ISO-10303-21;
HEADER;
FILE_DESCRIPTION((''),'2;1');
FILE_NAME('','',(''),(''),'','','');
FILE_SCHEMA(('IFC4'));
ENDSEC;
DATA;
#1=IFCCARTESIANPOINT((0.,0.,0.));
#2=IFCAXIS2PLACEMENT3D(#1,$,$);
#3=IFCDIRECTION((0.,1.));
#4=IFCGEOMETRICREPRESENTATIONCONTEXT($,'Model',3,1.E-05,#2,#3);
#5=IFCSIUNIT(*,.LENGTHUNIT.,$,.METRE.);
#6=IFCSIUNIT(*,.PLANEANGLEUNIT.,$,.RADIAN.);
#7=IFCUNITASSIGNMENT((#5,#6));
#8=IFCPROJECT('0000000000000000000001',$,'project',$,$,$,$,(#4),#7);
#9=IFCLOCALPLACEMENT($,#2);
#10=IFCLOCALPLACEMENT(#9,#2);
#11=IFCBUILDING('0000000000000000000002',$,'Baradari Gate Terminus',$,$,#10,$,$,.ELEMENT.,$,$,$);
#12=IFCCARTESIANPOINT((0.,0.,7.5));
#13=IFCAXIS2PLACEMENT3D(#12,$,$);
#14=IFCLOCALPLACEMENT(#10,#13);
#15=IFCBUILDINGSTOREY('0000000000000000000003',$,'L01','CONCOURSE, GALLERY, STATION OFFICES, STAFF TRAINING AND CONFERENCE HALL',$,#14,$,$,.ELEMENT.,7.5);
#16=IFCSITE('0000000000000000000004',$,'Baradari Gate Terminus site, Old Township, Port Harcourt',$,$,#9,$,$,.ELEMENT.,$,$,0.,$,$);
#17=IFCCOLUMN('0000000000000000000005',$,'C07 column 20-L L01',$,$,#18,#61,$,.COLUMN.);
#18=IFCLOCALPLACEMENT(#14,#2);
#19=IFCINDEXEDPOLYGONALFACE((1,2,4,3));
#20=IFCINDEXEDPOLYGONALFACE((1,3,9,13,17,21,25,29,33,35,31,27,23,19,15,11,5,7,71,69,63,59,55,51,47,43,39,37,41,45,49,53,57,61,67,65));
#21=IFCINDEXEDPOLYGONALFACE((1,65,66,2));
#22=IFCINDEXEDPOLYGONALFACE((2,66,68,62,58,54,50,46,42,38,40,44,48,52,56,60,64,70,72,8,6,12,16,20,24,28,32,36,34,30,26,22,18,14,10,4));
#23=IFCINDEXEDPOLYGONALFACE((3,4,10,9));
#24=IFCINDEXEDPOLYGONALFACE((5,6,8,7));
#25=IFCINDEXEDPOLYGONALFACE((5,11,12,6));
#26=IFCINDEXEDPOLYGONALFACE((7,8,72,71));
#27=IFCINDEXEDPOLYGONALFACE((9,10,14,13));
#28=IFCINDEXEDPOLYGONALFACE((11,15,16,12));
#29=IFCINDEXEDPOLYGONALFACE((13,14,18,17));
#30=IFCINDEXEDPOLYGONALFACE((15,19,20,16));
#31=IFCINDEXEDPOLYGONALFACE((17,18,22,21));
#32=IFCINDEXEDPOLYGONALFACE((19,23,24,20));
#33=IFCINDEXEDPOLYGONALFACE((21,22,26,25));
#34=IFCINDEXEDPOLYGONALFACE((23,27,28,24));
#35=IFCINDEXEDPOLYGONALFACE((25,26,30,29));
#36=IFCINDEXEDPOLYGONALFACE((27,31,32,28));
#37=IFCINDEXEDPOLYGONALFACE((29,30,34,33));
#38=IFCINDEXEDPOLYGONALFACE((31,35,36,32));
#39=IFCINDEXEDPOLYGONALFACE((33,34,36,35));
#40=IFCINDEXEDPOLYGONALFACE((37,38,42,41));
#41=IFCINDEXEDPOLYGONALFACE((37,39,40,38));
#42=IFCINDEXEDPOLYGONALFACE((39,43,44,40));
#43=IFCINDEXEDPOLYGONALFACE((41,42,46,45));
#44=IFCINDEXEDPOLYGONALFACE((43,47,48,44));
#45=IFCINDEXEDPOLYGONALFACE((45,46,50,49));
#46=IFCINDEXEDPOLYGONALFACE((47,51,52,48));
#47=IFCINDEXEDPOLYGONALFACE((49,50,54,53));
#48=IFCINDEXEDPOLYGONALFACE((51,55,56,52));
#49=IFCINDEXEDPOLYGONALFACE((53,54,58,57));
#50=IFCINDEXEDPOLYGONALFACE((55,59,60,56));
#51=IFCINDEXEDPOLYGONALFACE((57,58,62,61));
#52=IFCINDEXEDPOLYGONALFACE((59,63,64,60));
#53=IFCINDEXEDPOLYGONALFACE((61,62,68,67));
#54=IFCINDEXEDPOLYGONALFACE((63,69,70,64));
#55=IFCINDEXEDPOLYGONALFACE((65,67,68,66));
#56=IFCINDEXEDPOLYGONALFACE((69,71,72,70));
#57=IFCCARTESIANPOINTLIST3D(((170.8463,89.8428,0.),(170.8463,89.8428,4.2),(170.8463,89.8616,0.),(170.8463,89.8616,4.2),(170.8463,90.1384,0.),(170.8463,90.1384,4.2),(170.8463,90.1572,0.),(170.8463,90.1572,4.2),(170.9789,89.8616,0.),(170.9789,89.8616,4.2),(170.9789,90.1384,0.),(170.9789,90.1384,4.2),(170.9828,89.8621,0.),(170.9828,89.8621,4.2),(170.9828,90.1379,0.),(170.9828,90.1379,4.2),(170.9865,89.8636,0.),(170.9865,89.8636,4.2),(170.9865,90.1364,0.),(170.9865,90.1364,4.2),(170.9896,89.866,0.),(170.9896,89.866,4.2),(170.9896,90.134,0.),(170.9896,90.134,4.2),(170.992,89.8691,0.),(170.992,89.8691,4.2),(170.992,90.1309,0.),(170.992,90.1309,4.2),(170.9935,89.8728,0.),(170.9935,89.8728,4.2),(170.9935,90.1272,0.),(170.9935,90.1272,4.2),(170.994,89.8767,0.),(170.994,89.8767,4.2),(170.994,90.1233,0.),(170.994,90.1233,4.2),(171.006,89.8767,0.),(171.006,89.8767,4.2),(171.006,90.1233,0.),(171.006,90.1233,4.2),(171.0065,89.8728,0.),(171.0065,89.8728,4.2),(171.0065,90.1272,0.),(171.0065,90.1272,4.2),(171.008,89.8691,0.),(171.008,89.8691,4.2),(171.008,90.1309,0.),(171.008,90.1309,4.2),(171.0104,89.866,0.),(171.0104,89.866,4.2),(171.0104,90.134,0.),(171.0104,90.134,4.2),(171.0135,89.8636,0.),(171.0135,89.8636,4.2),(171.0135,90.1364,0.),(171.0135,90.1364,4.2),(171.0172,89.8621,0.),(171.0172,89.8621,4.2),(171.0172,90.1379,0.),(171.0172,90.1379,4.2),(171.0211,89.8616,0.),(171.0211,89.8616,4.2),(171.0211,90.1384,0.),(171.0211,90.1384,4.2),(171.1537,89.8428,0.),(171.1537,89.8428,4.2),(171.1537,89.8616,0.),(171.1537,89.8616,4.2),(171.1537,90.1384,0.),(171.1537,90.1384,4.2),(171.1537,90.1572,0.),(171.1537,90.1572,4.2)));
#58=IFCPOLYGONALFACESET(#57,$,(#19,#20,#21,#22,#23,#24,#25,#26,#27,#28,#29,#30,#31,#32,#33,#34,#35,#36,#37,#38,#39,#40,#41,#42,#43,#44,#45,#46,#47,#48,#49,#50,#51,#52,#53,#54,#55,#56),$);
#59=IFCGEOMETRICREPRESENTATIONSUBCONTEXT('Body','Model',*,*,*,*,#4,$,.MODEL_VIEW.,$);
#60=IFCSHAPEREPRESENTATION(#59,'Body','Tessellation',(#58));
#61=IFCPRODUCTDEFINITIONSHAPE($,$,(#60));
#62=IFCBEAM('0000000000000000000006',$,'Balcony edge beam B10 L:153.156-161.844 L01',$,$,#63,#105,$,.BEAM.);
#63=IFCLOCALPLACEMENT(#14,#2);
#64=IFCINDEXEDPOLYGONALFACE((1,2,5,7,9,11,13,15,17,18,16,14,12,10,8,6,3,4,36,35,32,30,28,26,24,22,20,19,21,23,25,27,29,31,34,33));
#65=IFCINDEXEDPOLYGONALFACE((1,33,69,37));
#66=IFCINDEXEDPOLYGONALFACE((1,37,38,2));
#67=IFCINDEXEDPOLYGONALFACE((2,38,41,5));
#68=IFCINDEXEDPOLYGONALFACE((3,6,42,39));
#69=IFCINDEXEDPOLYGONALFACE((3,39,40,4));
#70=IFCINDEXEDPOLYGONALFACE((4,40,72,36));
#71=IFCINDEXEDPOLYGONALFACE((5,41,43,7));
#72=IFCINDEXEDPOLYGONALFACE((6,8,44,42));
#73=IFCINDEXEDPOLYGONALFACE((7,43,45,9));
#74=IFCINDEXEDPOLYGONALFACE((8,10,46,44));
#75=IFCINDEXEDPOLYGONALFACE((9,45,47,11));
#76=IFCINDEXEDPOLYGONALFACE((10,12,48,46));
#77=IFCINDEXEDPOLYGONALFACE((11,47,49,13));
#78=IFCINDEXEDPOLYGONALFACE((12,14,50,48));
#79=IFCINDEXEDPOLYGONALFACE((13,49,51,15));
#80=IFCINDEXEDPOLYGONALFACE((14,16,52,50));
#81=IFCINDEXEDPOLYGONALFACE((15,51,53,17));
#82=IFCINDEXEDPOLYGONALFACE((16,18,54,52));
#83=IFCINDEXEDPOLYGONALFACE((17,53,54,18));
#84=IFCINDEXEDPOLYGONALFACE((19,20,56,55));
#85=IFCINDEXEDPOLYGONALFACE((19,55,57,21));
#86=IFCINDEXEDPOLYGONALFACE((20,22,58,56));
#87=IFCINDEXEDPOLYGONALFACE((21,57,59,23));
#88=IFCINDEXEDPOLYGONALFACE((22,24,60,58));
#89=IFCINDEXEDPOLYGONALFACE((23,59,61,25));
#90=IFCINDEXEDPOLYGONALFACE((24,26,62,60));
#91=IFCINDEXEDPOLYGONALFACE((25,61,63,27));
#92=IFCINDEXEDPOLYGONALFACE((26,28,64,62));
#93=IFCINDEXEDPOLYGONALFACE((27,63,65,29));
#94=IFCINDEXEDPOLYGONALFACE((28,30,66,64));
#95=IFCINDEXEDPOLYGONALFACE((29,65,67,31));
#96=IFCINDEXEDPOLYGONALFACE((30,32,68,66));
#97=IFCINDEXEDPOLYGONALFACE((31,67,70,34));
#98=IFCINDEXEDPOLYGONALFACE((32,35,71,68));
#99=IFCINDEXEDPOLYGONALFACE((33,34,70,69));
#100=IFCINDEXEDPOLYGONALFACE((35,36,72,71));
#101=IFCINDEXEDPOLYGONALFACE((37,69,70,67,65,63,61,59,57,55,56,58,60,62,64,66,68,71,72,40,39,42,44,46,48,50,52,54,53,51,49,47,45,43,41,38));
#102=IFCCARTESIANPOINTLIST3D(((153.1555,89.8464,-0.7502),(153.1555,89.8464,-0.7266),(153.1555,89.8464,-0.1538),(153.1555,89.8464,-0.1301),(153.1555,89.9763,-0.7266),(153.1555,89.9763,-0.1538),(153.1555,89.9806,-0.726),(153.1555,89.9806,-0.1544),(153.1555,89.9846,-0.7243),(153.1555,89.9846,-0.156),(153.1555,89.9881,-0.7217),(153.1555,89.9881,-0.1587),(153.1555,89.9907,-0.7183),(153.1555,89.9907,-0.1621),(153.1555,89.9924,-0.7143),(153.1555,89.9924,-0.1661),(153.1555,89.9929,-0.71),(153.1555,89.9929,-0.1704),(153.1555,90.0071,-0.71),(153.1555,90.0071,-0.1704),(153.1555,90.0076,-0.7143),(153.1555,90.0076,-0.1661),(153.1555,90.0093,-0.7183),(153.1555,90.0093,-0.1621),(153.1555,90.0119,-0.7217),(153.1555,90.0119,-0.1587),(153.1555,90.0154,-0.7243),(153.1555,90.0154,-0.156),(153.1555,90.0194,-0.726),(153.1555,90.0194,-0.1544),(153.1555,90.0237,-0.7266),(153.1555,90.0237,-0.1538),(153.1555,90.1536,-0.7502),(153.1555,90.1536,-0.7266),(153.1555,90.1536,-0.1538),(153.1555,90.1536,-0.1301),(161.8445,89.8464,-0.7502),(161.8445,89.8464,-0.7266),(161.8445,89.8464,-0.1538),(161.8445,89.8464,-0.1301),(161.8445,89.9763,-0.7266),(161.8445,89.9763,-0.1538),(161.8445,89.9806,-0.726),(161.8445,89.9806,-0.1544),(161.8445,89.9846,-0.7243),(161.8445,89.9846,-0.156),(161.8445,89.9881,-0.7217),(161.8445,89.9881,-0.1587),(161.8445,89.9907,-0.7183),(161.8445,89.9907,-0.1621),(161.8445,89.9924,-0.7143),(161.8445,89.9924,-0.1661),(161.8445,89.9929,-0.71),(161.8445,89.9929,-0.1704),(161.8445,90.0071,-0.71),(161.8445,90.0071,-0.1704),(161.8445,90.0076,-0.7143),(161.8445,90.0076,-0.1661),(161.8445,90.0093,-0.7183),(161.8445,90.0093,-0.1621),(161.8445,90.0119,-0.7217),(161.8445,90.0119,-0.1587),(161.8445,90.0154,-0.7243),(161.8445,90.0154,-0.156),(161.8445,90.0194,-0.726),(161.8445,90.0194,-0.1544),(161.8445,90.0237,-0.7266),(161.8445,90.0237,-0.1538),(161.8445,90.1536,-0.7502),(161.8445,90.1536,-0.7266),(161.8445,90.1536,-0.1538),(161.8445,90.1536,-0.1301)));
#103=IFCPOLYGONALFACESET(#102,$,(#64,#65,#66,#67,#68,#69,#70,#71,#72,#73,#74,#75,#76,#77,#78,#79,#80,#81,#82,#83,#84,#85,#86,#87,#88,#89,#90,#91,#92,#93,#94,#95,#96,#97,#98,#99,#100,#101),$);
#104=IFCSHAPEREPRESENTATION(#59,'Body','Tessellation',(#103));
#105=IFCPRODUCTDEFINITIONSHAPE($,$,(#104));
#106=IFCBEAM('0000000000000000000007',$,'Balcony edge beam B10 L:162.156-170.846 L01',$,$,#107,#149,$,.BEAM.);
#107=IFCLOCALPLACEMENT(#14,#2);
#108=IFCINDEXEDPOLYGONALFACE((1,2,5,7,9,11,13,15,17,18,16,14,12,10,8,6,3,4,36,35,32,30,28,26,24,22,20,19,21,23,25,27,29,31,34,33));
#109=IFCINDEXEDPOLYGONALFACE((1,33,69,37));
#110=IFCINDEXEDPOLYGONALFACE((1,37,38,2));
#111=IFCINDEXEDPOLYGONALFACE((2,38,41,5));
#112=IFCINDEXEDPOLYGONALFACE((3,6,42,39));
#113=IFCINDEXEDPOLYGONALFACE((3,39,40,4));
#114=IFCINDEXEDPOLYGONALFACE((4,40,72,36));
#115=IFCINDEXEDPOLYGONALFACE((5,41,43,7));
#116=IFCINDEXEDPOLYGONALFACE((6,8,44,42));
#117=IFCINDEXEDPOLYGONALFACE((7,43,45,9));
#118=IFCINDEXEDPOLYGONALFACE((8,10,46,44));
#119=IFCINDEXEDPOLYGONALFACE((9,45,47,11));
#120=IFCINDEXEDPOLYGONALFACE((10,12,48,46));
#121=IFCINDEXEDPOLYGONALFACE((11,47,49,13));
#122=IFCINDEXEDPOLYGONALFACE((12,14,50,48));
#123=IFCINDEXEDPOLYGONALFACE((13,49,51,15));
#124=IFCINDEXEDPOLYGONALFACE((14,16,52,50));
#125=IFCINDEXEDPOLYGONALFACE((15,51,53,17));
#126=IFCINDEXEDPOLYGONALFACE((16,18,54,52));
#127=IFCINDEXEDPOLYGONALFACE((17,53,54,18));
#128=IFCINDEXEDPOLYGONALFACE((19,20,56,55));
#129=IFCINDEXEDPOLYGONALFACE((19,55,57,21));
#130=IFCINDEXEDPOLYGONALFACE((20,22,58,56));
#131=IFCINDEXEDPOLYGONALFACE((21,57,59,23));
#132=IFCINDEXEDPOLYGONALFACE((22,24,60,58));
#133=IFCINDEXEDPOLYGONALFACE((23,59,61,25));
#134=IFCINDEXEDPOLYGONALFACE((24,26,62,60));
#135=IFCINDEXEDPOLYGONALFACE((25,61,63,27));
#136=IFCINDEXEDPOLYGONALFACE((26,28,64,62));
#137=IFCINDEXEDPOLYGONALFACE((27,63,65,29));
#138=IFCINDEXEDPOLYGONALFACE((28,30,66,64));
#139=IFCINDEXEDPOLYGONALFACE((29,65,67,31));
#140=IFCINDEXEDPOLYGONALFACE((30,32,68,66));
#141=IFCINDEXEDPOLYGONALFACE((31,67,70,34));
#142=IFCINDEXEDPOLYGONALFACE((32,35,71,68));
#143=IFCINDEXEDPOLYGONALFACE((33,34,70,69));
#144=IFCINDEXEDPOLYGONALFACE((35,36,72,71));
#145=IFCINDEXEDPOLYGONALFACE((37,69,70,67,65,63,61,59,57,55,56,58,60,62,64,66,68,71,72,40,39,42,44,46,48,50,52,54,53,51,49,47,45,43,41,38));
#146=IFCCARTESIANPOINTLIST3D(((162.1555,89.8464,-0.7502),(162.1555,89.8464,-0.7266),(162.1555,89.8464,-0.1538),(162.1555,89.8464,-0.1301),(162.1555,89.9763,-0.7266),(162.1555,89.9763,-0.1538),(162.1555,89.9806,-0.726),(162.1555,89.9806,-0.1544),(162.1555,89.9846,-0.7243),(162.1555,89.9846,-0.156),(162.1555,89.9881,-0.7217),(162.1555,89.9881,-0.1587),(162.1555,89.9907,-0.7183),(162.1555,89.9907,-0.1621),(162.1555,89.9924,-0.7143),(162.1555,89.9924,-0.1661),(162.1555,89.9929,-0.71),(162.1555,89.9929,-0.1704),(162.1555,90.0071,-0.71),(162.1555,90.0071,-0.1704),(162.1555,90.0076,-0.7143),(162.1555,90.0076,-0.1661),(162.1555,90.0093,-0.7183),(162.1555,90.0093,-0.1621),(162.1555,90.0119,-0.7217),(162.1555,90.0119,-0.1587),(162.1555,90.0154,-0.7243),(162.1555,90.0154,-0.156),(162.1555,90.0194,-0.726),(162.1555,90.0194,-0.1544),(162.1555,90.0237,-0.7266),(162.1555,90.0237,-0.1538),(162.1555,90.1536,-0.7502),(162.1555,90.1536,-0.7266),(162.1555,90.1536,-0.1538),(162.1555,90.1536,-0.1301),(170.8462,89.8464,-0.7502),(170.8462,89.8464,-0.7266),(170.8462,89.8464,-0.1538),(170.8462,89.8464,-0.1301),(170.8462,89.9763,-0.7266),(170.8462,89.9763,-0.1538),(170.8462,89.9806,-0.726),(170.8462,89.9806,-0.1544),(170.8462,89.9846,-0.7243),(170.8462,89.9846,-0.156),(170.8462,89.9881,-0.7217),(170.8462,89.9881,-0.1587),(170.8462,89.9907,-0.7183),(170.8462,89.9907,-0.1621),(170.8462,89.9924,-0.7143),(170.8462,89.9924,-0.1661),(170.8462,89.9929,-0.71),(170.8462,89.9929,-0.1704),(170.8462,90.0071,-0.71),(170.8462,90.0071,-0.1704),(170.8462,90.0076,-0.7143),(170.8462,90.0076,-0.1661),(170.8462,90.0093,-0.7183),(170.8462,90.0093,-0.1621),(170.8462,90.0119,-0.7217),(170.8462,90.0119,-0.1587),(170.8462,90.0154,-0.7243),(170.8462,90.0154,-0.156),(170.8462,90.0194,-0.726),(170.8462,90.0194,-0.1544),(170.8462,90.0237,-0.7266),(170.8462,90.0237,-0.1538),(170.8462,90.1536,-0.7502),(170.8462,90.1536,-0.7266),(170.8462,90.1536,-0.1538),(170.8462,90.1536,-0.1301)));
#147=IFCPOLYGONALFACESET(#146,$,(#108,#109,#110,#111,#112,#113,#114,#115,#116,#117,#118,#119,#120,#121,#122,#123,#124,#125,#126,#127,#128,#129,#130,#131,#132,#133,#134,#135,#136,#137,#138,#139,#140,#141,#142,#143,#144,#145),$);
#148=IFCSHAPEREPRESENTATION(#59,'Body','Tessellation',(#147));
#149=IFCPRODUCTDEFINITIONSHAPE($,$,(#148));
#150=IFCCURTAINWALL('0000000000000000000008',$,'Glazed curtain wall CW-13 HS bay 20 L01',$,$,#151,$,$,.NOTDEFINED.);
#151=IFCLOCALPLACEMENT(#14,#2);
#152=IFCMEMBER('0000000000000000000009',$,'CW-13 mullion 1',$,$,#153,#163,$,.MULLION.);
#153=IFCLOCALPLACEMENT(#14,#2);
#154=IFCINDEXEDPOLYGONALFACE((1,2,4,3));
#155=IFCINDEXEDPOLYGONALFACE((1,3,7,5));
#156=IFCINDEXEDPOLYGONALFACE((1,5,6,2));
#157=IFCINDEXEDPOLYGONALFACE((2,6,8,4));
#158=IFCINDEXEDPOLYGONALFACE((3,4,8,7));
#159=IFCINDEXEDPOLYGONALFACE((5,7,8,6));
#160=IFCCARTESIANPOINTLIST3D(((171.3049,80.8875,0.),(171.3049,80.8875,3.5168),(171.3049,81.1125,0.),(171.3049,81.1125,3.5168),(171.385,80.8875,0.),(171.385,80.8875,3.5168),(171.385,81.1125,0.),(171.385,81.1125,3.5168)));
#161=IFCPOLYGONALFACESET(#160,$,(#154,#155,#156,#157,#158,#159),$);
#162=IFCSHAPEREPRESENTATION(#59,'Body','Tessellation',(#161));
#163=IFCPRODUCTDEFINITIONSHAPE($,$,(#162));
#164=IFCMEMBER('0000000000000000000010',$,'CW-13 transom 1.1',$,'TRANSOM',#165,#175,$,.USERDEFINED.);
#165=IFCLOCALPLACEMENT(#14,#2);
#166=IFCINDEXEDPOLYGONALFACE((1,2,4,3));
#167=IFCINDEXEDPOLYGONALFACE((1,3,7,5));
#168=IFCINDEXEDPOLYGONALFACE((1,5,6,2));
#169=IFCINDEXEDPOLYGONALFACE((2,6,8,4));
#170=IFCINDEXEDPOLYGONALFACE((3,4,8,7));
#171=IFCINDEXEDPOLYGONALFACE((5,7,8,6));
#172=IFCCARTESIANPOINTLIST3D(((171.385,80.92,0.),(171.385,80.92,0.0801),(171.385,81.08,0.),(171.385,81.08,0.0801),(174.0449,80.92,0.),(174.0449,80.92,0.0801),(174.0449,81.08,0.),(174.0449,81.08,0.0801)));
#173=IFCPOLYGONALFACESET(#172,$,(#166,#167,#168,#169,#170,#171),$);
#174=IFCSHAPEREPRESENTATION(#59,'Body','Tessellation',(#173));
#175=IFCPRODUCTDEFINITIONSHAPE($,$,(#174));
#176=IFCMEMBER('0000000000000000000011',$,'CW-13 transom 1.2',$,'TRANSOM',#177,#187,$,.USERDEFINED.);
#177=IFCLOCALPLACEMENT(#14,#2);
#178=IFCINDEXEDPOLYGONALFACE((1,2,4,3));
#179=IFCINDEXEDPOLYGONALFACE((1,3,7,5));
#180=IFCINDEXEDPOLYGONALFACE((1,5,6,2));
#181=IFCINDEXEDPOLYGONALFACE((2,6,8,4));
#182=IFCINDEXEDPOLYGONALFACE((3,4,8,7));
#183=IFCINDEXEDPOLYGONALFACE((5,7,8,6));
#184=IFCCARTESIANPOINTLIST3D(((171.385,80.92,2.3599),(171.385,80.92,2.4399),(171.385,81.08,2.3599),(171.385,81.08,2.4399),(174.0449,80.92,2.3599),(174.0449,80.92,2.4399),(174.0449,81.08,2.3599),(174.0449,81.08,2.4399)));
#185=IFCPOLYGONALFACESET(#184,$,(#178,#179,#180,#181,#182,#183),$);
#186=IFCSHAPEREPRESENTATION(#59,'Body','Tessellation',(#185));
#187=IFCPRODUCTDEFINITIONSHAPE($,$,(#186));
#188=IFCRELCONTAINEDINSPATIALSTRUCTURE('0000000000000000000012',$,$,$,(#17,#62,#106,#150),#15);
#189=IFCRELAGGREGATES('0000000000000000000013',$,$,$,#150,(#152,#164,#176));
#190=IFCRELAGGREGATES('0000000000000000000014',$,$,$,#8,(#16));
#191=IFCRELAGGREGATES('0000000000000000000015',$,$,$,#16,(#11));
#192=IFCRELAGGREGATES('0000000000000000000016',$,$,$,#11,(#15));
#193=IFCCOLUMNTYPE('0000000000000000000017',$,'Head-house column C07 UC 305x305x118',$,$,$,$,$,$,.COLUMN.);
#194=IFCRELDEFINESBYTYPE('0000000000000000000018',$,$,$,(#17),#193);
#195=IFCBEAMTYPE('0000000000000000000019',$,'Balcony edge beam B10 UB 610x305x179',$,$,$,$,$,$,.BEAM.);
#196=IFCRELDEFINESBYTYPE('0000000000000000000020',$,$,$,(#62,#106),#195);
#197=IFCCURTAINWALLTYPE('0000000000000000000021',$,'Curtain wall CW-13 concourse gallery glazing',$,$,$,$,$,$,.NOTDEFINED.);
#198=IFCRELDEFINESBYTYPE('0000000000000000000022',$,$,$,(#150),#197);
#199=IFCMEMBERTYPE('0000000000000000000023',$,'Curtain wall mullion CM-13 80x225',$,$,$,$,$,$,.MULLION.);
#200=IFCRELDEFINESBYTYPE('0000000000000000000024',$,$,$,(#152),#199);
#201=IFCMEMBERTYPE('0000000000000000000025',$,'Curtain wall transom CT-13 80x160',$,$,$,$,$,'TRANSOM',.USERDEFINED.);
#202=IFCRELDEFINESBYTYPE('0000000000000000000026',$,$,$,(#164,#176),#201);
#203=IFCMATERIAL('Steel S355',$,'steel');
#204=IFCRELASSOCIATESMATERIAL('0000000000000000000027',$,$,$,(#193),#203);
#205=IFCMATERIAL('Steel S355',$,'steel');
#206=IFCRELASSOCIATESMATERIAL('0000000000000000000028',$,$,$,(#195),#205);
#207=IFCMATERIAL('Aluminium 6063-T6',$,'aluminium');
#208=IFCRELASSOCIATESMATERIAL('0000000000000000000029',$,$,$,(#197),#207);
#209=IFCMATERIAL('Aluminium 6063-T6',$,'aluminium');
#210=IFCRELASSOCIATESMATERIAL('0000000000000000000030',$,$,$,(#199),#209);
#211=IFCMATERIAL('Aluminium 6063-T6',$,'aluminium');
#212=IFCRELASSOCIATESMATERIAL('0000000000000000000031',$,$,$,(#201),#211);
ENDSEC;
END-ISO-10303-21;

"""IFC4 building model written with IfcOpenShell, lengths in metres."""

from ifc_helpers import new_model, si_unit, direction, frame, origin, origin_2d, place, context, subcontext, project, spatial, rectangle, i_section, extrude, material, material_profile, profile_set, type_object, element, aggregate, save


model = new_model("IFC4")

# Units and contexts
model_context = context("Model", 3, precision=1e-05, world=origin(), true_north=direction((0.0, 1.0)))
body_context = subcontext(model_context, "Body", "Model", "MODEL_VIEW")
ifc_project = project(units=[si_unit("LENGTHUNIT", "METRE"), si_unit("PLANEANGLEUNIT", "RADIAN")], contexts=[model_context])

# Site, building, storey
site_placement = place(None, origin())
site = spatial("IfcSite", under=ifc_project, at=site_placement, Name="Baradari Gate Terminus site, Old Township, Port Harcourt", CompositionType="ELEMENT", RefElevation=0.0)
building_placement = place(site_placement, origin())
building = spatial("IfcBuilding", under=site, at=building_placement, Name="Baradari Gate Terminus", CompositionType="ELEMENT")
storey_placement = place(building_placement, frame((0.0, 0.0, 7.5)))
storey = spatial("IfcBuildingStorey", under=building, at=storey_placement, Name="L01", Description="CONCOURSE, GALLERY, STATION OFFICES, STAFF TRAINING AND CONFERENCE HALL", CompositionType="ELEMENT", Elevation=7.5)

# Column
ifc_material_1 = material(Name="Steel S355", Category="steel")
ifc_material_profile_1 = material_profile(ifc_material_1, i_section(OverallWidth=0.3074, OverallDepth=0.3145, WebThickness=0.012, FlangeThickness=0.0188, FilletRadius=0.0151, at=origin_2d()), Name="UC 305x305x118")
ifc_profile_set_1 = profile_set([ifc_material_profile_1], Name="Steel S355")
column_type = type_object("IfcColumnType", Name="Head-house column C07 UC 305x305x118", PredefinedType="COLUMN", material=ifc_profile_set_1)
column_placement = place(storey_placement, frame((171.0, 90.0, 0.0), z_axis=(0.0, 0.0, 1.0), x_axis=(1.0, 0.0, 0.0)))
element("IfcColumn", 1, at=column_placement, inside=storey, type_object=column_type, Name="C07 column 20-L L01", PredefinedType="COLUMN", context=body_context, shape_type="SweptSolid", body=[
    extrude(i_section(OverallWidth=0.3074, OverallDepth=0.3145, WebThickness=0.012, FlangeThickness=0.0188, FilletRadius=0.0151, at=origin_2d()), origin(), (0.0, 0.0, 1.0), 4.2),
])

# Beams
ifc_material_2 = material(Name="Steel S355", Category="steel")
ifc_material_profile_2 = material_profile(ifc_material_2, i_section(OverallWidth=0.3071, OverallDepth=0.6201, WebThickness=0.0142, FlangeThickness=0.0237, FilletRadius=0.0166, at=origin_2d()), Name="UB 610x305x179")
ifc_profile_set_2 = profile_set([ifc_material_profile_2], Name="Steel S355")
beam_type_1 = type_object("IfcBeamType", Name="Balcony edge beam B10 UB 610x305x179", PredefinedType="BEAM", material=ifc_profile_set_2)
beam_1_placement = place(storey_placement, frame((153.1555, 90.0, -0.4402), z_axis=(1.0, 0.0, 0.0), x_axis=(0.0, 1.0, 0.0)))
element("IfcBeam", 2, at=beam_1_placement, inside=storey, type_object=beam_type_1, Name="Balcony edge beam B10 L:153.156-161.844 L01", PredefinedType="BEAM", context=body_context, shape_type="SweptSolid", body=[
    extrude(i_section(OverallWidth=0.3071, OverallDepth=0.6201, WebThickness=0.0142, FlangeThickness=0.0237, FilletRadius=0.0166, at=origin_2d()), origin(), (0.0, 0.0, 1.0), 8.689),
])
beam_2_placement = place(storey_placement, frame((162.1555, 90.0, -0.4402), z_axis=(1.0, 0.0, 0.0), x_axis=(0.0, 1.0, 0.0)))
element("IfcBeam", 3, at=beam_2_placement, inside=storey, type_object=beam_type_1, Name="Balcony edge beam B10 L:162.156-170.846 L01", PredefinedType="BEAM", context=body_context, shape_type="SweptSolid", body=[
    extrude(i_section(OverallWidth=0.3071, OverallDepth=0.6201, WebThickness=0.0142, FlangeThickness=0.0237, FilletRadius=0.0166, at=origin_2d()), origin(), (0.0, 0.0, 1.0), 8.6907),
])

# Curtain wall, members
ifc_material_3 = material(Name="Aluminium 6063-T6", Category="aluminium")
curtain_wall_type = type_object("IfcCurtainWallType", Name="Curtain wall CW-13 concourse gallery glazing", PredefinedType="NOTDEFINED", material=ifc_material_3)
curtain_wall_placement = place(storey_placement, origin())
curtain_wall = element("IfcCurtainWall", 4, at=curtain_wall_placement, inside=storey, type_object=curtain_wall_type, Name="Glazed curtain wall CW-13 HS bay 20 L01", PredefinedType="NOTDEFINED")
ifc_material_4 = material(Name="Aluminium 6063-T6", Category="aluminium")
ifc_material_profile_3 = material_profile(ifc_material_4, rectangle(XDim=0.2251, YDim=0.0801, at=origin_2d()), Name="CM-13 80X225")
ifc_profile_set_3 = profile_set([ifc_material_profile_3], Name="Aluminium 6063-T6")
member_type_1 = type_object("IfcMemberType", Name="Curtain wall mullion CM-13 80x225", PredefinedType="MULLION", material=ifc_profile_set_3)
member_1_placement = place(storey_placement, frame((171.345, 81.0, 0.0), z_axis=(0.0, 0.0, 1.0), x_axis=(0.0, 1.0, 0.0)))
member_1 = element("IfcMember", 5, at=member_1_placement, type_object=member_type_1, Name="CW-13 mullion 1", PredefinedType="MULLION", context=body_context, shape_type="SweptSolid", body=[
    extrude(rectangle(XDim=0.2251, YDim=0.0801, at=origin_2d()), origin(), (0.0, 0.0, 1.0), 3.5168),
])
ifc_material_5 = material(Name="Aluminium 6063-T6", Category="aluminium")
ifc_material_profile_4 = material_profile(ifc_material_5, rectangle(XDim=0.1599, YDim=0.0801, at=origin_2d()), Name="CT-13 80X160")
ifc_profile_set_4 = profile_set([ifc_material_profile_4], Name="Aluminium 6063-T6")
member_type_2 = type_object("IfcMemberType", Name="Curtain wall transom CT-13 80x160", ElementType="TRANSOM", PredefinedType="USERDEFINED", material=ifc_profile_set_4)
member_2_placement = place(storey_placement, frame((171.385, 81.0, 0.04), z_axis=(1.0, 0.0, 0.0), x_axis=(0.0, 1.0, 0.0)))
member_2 = element("IfcMember", 6, at=member_2_placement, type_object=member_type_2, Name="CW-13 transom 1.1", ObjectType="TRANSOM", PredefinedType="USERDEFINED", context=body_context, shape_type="SweptSolid", body=[
    extrude(rectangle(XDim=0.1599, YDim=0.0801, at=origin_2d()), origin(), (0.0, 0.0, 1.0), 2.6599),
])
member_3_placement = place(storey_placement, frame((171.385, 81.0, 2.3999), z_axis=(1.0, 0.0, 0.0), x_axis=(0.0, 1.0, 0.0)))
member_3 = element("IfcMember", 7, at=member_3_placement, type_object=member_type_2, Name="CW-13 transom 1.2", ObjectType="TRANSOM", PredefinedType="USERDEFINED", context=body_context, shape_type="SweptSolid", body=[
    extrude(rectangle(XDim=0.1599, YDim=0.0801, at=origin_2d()), origin(), (0.0, 0.0, 1.0), 2.6599),
])

aggregate(curtain_wall, [member_1, member_2, member_3])

save(model, "model.ifc")
